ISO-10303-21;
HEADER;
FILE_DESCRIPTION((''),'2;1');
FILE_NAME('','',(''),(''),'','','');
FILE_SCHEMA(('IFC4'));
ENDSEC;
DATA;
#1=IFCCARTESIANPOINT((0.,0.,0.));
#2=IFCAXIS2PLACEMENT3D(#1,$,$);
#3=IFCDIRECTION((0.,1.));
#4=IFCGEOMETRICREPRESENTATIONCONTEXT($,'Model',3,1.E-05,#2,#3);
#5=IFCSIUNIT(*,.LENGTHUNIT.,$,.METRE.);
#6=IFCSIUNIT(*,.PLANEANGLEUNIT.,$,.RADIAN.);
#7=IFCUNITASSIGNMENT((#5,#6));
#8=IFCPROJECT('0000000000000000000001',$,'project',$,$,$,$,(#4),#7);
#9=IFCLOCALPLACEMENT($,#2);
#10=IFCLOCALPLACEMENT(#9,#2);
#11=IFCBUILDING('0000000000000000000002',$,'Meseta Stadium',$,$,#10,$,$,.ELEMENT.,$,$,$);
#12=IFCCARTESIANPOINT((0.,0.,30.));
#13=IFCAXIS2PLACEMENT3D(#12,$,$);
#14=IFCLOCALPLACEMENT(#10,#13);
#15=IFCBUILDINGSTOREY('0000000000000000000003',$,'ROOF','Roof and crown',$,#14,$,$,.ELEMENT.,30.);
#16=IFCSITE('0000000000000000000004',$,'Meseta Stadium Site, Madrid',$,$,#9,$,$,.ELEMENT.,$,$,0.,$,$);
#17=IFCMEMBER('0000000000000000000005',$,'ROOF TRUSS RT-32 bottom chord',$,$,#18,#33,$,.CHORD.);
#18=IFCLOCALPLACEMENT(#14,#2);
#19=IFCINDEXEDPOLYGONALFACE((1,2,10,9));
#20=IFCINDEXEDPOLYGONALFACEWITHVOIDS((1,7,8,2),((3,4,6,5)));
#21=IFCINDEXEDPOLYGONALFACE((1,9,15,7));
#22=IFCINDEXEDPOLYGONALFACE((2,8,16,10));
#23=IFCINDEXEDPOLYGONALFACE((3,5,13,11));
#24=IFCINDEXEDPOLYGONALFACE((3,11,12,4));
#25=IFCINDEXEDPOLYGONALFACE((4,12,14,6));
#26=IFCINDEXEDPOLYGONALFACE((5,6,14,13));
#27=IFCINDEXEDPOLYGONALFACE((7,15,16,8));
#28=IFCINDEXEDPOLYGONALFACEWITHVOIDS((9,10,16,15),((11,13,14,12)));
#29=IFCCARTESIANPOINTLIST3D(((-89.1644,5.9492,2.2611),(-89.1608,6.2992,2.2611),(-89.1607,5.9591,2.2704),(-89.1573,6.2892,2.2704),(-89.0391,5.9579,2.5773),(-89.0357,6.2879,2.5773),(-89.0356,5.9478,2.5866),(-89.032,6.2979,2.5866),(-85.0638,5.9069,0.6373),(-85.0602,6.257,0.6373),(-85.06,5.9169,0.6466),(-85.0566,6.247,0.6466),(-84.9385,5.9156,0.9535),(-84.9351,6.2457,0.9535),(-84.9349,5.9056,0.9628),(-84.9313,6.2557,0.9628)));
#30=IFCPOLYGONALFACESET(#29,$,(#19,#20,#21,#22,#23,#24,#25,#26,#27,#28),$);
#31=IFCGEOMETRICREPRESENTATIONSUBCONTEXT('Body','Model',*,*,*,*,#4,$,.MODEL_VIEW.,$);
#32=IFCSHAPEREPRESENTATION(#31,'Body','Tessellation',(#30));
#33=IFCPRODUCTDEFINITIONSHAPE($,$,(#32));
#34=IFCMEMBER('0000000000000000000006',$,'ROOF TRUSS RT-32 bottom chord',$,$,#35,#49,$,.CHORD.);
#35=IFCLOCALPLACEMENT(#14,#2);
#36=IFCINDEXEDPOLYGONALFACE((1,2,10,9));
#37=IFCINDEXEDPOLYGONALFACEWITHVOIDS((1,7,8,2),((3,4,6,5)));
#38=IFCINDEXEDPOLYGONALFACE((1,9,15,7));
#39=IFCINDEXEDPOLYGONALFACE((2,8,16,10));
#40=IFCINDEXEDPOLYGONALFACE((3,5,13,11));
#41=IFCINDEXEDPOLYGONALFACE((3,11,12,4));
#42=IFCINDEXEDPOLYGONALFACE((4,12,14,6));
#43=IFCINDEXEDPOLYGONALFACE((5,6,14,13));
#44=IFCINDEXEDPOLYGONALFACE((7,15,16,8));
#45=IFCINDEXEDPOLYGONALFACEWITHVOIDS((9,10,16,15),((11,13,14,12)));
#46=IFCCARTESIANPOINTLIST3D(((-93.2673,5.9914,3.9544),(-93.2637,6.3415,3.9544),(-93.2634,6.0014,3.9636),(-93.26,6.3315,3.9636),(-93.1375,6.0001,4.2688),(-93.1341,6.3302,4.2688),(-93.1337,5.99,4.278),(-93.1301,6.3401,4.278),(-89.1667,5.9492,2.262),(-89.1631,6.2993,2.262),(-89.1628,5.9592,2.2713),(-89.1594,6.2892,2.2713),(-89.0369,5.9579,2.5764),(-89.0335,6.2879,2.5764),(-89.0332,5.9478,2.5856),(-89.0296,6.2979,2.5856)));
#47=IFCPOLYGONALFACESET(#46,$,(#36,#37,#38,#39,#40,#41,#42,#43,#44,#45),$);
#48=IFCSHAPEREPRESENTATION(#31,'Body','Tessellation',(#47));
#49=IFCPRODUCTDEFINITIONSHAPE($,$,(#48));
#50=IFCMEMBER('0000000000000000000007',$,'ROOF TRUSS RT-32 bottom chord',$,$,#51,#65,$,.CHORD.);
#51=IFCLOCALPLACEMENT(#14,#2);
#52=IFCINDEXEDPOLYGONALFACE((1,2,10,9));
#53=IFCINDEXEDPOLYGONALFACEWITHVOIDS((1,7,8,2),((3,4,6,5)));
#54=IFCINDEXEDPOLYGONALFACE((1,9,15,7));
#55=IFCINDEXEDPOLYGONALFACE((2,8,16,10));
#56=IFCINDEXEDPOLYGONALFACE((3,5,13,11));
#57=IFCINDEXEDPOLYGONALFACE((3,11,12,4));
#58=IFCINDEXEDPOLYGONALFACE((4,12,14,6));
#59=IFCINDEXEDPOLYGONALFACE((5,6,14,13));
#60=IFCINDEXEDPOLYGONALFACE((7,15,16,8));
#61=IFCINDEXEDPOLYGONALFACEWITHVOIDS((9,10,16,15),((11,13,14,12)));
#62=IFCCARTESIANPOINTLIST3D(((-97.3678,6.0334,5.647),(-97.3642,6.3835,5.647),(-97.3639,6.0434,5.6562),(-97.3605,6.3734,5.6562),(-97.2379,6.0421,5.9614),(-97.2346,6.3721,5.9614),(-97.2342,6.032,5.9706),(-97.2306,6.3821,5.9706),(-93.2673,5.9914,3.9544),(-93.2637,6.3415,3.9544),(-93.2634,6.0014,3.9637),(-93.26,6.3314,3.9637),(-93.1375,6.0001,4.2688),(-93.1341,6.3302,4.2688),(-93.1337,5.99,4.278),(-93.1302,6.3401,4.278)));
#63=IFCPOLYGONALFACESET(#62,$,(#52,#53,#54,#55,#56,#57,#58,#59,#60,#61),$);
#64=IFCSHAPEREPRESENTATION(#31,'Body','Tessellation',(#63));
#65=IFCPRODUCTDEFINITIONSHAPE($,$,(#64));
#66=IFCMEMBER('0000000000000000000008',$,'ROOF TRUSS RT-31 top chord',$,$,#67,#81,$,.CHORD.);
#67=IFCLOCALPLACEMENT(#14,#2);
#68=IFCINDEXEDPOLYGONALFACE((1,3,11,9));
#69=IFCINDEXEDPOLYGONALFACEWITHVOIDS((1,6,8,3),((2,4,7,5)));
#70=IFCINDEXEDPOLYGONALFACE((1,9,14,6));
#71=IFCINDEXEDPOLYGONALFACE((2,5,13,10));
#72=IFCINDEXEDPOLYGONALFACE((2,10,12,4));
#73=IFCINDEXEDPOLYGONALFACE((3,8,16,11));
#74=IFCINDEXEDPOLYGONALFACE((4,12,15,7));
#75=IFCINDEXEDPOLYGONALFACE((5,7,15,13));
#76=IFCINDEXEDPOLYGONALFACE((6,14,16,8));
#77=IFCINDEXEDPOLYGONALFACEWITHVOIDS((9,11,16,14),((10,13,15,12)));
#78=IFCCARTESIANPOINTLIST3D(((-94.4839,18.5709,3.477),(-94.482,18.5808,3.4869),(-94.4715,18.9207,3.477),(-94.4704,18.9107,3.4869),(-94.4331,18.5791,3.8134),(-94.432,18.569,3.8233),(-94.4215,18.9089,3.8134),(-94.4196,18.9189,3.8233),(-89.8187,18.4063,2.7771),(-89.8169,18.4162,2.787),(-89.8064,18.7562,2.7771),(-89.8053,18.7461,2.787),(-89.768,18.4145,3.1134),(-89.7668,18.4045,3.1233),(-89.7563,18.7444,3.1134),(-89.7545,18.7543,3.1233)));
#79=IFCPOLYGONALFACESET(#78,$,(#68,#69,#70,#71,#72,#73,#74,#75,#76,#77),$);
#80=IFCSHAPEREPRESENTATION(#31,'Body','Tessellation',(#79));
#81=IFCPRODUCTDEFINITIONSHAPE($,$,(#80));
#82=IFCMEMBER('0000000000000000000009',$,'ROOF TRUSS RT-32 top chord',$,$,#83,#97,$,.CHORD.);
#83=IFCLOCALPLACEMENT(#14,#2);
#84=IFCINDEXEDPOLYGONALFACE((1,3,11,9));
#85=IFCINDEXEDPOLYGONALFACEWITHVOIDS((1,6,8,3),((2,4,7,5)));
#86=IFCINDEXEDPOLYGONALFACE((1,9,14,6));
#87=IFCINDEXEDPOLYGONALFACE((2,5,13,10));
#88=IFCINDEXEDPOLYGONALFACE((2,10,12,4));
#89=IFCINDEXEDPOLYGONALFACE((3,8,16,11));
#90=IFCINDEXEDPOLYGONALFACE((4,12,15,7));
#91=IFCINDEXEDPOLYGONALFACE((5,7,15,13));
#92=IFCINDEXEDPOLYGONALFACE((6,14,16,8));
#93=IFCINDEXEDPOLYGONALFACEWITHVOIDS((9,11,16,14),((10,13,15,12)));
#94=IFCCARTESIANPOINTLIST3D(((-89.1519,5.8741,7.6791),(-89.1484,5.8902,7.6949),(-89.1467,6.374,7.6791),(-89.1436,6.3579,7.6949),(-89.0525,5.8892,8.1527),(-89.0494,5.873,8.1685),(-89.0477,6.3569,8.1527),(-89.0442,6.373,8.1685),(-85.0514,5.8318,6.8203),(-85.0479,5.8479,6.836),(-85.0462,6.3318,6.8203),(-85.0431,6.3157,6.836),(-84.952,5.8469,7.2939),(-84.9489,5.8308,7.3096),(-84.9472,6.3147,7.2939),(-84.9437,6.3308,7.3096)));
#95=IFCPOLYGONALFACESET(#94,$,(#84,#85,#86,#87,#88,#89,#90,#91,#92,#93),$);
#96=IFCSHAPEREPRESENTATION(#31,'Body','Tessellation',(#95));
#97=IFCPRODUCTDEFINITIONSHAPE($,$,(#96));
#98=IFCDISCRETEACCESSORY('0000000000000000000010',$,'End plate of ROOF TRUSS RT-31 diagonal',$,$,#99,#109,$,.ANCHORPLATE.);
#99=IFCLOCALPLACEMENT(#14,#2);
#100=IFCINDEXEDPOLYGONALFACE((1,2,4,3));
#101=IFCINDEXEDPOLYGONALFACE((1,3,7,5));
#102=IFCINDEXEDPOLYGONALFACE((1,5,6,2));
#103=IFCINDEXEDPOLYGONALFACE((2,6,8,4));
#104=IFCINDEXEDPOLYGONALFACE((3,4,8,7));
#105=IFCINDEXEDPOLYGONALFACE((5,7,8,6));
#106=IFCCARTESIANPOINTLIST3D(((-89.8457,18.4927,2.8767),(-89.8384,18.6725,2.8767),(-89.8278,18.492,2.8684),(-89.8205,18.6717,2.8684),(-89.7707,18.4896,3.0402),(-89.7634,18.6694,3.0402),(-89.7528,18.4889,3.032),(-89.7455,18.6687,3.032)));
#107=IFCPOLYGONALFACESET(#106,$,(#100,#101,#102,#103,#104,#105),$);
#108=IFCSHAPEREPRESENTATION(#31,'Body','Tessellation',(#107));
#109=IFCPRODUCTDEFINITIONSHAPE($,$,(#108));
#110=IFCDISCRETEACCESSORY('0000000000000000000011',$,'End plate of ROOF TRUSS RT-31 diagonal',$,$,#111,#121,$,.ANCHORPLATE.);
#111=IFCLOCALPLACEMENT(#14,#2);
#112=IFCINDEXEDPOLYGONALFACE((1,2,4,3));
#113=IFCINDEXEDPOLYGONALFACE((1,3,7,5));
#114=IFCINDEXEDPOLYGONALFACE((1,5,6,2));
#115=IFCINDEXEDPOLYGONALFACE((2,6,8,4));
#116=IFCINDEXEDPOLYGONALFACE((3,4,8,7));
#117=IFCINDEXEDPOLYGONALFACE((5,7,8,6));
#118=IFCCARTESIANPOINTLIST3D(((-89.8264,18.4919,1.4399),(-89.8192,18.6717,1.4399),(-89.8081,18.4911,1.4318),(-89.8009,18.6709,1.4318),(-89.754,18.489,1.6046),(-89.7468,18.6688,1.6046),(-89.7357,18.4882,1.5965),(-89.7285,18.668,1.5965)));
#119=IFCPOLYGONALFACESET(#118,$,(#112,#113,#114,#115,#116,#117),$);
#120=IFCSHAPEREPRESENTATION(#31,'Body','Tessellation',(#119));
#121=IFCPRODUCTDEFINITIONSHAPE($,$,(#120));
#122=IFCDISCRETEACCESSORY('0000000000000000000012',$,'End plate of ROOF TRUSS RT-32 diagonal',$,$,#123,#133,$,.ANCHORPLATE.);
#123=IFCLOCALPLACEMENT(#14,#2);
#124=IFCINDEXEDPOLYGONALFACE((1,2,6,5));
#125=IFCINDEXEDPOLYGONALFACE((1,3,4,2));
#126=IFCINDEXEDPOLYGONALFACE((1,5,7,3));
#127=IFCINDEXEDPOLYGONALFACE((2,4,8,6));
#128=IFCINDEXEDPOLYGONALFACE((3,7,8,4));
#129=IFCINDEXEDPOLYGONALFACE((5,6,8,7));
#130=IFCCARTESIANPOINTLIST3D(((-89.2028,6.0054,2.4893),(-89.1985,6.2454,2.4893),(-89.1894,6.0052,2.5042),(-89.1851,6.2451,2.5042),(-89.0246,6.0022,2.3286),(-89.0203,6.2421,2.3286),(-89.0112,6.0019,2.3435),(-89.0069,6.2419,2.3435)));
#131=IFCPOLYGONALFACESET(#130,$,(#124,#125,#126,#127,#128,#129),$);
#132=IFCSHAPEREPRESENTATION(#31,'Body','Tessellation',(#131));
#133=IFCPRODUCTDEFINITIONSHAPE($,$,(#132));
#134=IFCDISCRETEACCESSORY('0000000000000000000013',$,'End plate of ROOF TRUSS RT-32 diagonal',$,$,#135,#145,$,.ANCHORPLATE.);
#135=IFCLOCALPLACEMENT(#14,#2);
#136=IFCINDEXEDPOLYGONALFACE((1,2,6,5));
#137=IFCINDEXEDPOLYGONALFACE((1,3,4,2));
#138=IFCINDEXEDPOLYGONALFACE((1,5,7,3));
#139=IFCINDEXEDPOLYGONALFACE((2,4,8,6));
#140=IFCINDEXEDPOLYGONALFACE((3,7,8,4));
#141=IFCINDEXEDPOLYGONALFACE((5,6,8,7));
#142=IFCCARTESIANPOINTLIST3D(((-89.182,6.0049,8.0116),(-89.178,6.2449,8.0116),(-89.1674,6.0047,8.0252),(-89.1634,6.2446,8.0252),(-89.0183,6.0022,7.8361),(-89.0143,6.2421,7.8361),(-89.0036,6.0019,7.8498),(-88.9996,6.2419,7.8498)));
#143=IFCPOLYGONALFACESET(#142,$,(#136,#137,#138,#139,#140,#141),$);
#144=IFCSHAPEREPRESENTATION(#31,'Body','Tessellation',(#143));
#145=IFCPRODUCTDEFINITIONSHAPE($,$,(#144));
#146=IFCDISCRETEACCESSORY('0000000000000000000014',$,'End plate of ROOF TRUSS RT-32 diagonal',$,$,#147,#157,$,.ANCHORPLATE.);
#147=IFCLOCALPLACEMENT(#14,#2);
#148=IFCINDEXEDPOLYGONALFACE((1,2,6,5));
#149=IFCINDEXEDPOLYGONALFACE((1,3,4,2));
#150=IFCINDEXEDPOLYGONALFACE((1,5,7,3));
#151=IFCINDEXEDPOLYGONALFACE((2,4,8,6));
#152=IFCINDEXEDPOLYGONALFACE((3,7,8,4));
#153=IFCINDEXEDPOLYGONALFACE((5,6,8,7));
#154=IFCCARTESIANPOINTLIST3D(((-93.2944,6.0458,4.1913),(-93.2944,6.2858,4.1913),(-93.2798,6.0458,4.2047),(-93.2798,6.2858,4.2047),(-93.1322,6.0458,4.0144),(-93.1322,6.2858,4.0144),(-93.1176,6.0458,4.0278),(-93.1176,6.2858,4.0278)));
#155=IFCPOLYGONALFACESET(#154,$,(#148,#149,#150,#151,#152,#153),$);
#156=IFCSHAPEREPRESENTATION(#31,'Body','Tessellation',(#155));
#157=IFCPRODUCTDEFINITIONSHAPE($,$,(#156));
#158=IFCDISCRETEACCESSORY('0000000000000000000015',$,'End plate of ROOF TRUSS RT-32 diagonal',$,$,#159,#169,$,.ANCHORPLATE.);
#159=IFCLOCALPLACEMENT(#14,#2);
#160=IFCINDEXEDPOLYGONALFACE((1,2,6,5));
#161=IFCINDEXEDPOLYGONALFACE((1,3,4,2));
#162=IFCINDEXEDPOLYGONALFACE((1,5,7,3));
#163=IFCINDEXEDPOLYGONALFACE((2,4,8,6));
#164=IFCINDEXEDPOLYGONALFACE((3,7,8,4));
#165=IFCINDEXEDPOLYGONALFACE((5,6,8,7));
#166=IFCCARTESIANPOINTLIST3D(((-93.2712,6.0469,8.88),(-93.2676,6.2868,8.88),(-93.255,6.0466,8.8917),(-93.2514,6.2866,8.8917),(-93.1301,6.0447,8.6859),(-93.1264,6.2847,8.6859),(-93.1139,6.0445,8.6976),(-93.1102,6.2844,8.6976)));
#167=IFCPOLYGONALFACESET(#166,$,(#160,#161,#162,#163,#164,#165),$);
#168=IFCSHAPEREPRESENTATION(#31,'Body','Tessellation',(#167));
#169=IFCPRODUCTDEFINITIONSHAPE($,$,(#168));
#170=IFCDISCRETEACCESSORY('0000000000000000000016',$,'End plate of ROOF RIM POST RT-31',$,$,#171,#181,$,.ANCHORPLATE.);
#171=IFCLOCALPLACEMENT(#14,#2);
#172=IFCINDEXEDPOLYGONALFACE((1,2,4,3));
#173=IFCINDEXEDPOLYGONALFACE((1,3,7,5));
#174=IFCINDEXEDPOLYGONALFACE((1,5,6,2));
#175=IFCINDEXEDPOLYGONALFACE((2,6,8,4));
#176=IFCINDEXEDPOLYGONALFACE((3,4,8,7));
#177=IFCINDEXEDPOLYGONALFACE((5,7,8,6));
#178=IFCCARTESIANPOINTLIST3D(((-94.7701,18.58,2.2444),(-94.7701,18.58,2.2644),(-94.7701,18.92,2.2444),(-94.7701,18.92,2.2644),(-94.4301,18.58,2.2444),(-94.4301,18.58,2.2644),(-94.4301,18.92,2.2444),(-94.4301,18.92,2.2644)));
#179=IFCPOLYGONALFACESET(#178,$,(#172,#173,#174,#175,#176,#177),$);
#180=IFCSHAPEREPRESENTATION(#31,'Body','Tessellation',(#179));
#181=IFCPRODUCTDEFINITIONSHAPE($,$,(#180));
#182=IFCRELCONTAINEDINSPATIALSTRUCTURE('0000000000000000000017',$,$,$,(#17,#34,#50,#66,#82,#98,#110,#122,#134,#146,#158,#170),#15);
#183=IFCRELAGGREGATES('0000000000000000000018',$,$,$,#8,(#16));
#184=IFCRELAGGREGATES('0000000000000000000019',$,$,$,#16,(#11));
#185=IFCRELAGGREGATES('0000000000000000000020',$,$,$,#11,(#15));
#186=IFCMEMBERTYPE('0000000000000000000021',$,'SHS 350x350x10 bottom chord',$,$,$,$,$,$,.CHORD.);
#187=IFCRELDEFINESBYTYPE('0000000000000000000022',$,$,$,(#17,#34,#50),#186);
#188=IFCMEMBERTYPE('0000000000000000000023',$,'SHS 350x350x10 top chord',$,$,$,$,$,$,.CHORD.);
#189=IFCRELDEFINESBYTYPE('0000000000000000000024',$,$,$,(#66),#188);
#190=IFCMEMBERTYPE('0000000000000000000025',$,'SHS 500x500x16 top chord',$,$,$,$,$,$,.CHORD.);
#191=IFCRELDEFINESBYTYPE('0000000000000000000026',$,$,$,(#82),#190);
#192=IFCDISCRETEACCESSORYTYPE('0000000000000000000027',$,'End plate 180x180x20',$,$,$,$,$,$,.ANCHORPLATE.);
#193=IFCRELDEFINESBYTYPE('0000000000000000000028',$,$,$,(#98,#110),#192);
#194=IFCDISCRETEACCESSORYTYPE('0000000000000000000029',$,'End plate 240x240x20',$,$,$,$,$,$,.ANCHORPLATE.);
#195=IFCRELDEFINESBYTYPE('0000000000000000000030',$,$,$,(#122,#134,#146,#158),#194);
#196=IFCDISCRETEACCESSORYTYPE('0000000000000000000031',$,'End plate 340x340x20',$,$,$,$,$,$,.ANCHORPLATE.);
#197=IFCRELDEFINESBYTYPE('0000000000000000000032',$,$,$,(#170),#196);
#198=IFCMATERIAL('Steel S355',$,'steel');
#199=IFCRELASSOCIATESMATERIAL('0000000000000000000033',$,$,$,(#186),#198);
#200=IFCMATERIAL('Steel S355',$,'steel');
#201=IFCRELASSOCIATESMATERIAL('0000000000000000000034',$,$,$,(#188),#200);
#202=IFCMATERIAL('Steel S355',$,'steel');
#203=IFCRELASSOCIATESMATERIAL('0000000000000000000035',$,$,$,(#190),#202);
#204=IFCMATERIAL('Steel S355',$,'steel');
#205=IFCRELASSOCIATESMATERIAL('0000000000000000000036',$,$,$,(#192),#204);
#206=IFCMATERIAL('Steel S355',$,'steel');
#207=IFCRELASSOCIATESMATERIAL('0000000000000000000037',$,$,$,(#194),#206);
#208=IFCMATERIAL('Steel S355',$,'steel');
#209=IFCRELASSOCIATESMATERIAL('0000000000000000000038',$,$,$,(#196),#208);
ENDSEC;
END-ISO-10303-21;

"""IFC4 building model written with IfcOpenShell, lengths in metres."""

from ifc_helpers import new_model, si_unit, direction, frame, origin, origin_2d, place, context, subcontext, project, spatial, rectangle, hollow_rectangle, extrude, material, material_profile, profile_set, type_object, element, save


model = new_model("IFC4")

# Units and contexts
model_context = context("Model", 3, precision=1e-05, world=origin(), true_north=direction((0.0, 1.0)))
body_context = subcontext(model_context, "Body", "Model", "MODEL_VIEW")
ifc_project = project(units=[si_unit("LENGTHUNIT", "METRE"), si_unit("PLANEANGLEUNIT", "RADIAN")], contexts=[model_context])

# Site, building, storey
site_placement = place(None, origin())
site = spatial("IfcSite", under=ifc_project, at=site_placement, Name="Meseta Stadium Site, Madrid", CompositionType="ELEMENT", RefElevation=0.0)
building_placement = place(site_placement, origin())
building = spatial("IfcBuilding", under=site, at=building_placement, Name="Meseta Stadium", CompositionType="ELEMENT")
storey_placement = place(building_placement, frame((0.0, 0.0, 30.0)))
storey = spatial("IfcBuildingStorey", under=building, at=storey_placement, Name="ROOF", Description="Roof and crown", CompositionType="ELEMENT", Elevation=30.0)

# Members
ifc_material_1 = material(Name="Steel S355", Category="steel")
ifc_material_profile_1 = material_profile(ifc_material_1, hollow_rectangle(XDim=0.3501, YDim=0.3501, WallThickness=0.01, at=origin_2d()), Name="SHS 350x350x10")
ifc_profile_set_1 = profile_set([ifc_material_profile_1], Name="Steel S355")
member_type_1 = type_object("IfcMemberType", Name="SHS 350x350x10 bottom chord", PredefinedType="CHORD", material=ifc_profile_set_1)
member_1_placement = place(storey_placement, frame((-84.9976, 6.0813, 0.8), z_axis=(-0.929715, 0.009576, 0.368155), x_axis=(-0.0103, -0.999947, 0.0)))
element("IfcMember", 1, at=member_1_placement, inside=storey, type_object=member_type_1, Name="ROOF TRUSS RT-32 bottom chord", PredefinedType="CHORD", context=body_context, shape_type="SweptSolid", body=[
    extrude(hollow_rectangle(XDim=0.3501, YDim=0.3501, WallThickness=0.01, at=origin_2d()), origin(), (0.0, 0.0, 1.0), 4.4106),
])
for number, where, z_axis, x_axis, name in (
    (2, (-89.0981, 6.1235, 2.4238), (-0.924326, 0.009521, 0.381485), (-0.0103, -0.999947, 0.0), "ROOF TRUSS RT-32 bottom chord"),
    (3, (-93.1987, 6.1658, 4.1162), (-0.924307, 0.009465, 0.381533), (-0.01024, -0.999948, 0.0), "ROOF TRUSS RT-32 bottom chord"),
):
    element("IfcMember", number, at=place(storey_placement, frame(where, z_axis=z_axis, x_axis=x_axis)), inside=storey, type_object=member_type_1, Name=name, PredefinedType="CHORD", context=body_context, shape_type="SweptSolid", body=[
        extrude(hollow_rectangle(XDim=0.3501, YDim=0.3501, WallThickness=0.01, at=origin_2d()), origin(), (0.0, 0.0, 1.0), 4.4363),
    ])
ifc_material_2 = material(Name="Steel S355", Category="steel")
ifc_material_profile_2 = material_profile(ifc_material_2, hollow_rectangle(XDim=0.3501, YDim=0.3501, WallThickness=0.01, at=origin_2d()), Name="SHS 350x350x10")
ifc_profile_set_2 = profile_set([ifc_material_profile_2], Name="Steel S355")
member_type_2 = type_object("IfcMemberType", Name="SHS 350x350x10 top chord", PredefinedType="CHORD", material=ifc_profile_set_2)
member_2_placement = place(storey_placement, frame((-89.7866, 18.5803, 2.9502), z_axis=(-0.988329, 0.034862, 0.148291), x_axis=(-0.035251, -0.999378, 0.0)))
element("IfcMember", 4, at=member_2_placement, inside=storey, type_object=member_type_2, Name="ROOF TRUSS RT-31 top chord", PredefinedType="CHORD", context=body_context, shape_type="SweptSolid", body=[
    extrude(hollow_rectangle(XDim=0.3501, YDim=0.3501, WallThickness=0.01, at=origin_2d()), origin(), (0.0, 0.0, 1.0), 4.7202),
])
ifc_material_3 = material(Name="Steel S355", Category="steel")
ifc_material_profile_3 = material_profile(ifc_material_3, hollow_rectangle(XDim=0.5, YDim=0.5, WallThickness=0.0161, at=origin_2d()), Name="SHS 500x500x16")
ifc_profile_set_3 = profile_set([ifc_material_profile_3], Name="Steel S355")
member_type_3 = type_object("IfcMemberType", Name="SHS 500x500x16 top chord", PredefinedType="CHORD", material=ifc_profile_set_3)
member_3_placement = place(storey_placement, frame((-84.9976, 6.0813, 7.0649), z_axis=(-0.978711, 0.010081, 0.204996), x_axis=(-0.0103, -0.999947, 0.0)))
element("IfcMember", 5, at=member_3_placement, inside=storey, type_object=member_type_3, Name="ROOF TRUSS RT-32 top chord", PredefinedType="CHORD", context=body_context, shape_type="SweptSolid", body=[
    extrude(hollow_rectangle(XDim=0.5, YDim=0.5, WallThickness=0.0161, at=origin_2d()), origin(), (0.0, 0.0, 1.0), 4.1897),
])

# Discrete accessories
ifc_material_4 = material(Name="Steel S355", Category="steel")
ifc_material_profile_4 = material_profile(ifc_material_4, rectangle(XDim=0.1799, YDim=0.1799, at=origin_2d()), Name="PL 180x180")
ifc_profile_set_4 = profile_set([ifc_material_profile_4], Name="Steel S355")
discrete_accessory_type_1 = type_object("IfcDiscreteAccessoryType", Name="End plate 180x180x20", PredefinedType="ANCHORPLATE", material=ifc_profile_set_4)
discrete_accessory_1_placement = place(storey_placement, frame((-89.7866, 18.5803, 2.9502), z_axis=(-0.908061, 0.036813, 0.417217), x_axis=(-0.040507, -0.999179, 0.0)))
element("IfcDiscreteAccessory", 6, at=discrete_accessory_1_placement, inside=storey, type_object=discrete_accessory_type_1, Name="End plate of ROOF TRUSS RT-31 diagonal", PredefinedType="ANCHORPLATE", context=body_context, shape_type="SweptSolid", body=[
    extrude(rectangle(XDim=0.1799, YDim=0.1799, at=origin_2d()), origin(), (0.0, 0.0, 1.0), 0.0198),
])
discrete_accessory_2_placement = place(storey_placement, frame((-89.7683, 18.5796, 1.5142), z_axis=(-0.914702, 0.036588, 0.402469), x_axis=(-0.039968, -0.999201, 0.0)))
element("IfcDiscreteAccessory", 7, at=discrete_accessory_2_placement, inside=storey, type_object=discrete_accessory_type_1, Name="End plate of ROOF TRUSS RT-31 diagonal", PredefinedType="ANCHORPLATE", context=body_context, shape_type="SweptSolid", body=[
    extrude(rectangle(XDim=0.1799, YDim=0.1799, at=origin_2d()), origin(), (0.0, 0.0, 1.0), 0.02),
])
ifc_material_5 = material(Name="Steel S355", Category="steel")
ifc_material_profile_5 = material_profile(ifc_material_5, rectangle(XDim=0.24, YDim=0.24, at=origin_2d()), Name="PL 240x240")
ifc_profile_set_5 = profile_set([ifc_material_profile_5], Name="Steel S355")
discrete_accessory_type_2 = type_object("IfcDiscreteAccessoryType", Name="End plate 240x240x20", PredefinedType="ANCHORPLATE", material=ifc_profile_set_5)
for number, where, z_axis, x_axis, name in (
    (8, (-89.0981, 6.1235, 2.4238), (-0.669587, 0.012174, -0.742633), (-0.018179, -0.999835, 0.0), "End plate of ROOF TRUSS RT-32 diagonal"),
    (9, (-89.0835, 6.1233, 7.9375), (-0.731001, 0.012183, -0.682268), (-0.016664, -0.999861, 0.0), "End plate of ROOF TRUSS RT-32 diagonal"),
):
    element("IfcDiscreteAccessory", number, at=place(storey_placement, frame(where, z_axis=z_axis, x_axis=x_axis)), inside=storey, type_object=discrete_accessory_type_2, Name=name, PredefinedType="ANCHORPLATE", context=body_context, shape_type="SweptSolid", body=[
        extrude(rectangle(XDim=0.24, YDim=0.24, at=origin_2d()), origin(), (0.0, 0.0, 1.0), 0.02),
    ])
discrete_accessory_3_placement = place(storey_placement, frame((-93.1987, 6.1658, 4.1162), z_axis=(-0.737154, 0.0, -0.675725), x_axis=(0.0, -1.0, 0.0)))
element("IfcDiscreteAccessory", 10, at=discrete_accessory_3_placement, inside=storey, type_object=discrete_accessory_type_2, Name="End plate of ROOF TRUSS RT-32 diagonal", PredefinedType="ANCHORPLATE", context=body_context, shape_type="SweptSolid", body=[
    extrude(rectangle(XDim=0.24, YDim=0.24, at=origin_2d()), origin(), (0.0, 0.0, 1.0), 0.0198),
])
discrete_accessory_4_placement = place(storey_placement, frame((-93.1826, 6.1655, 8.7947), z_axis=(-0.808675, 0.012253, -0.588128), x_axis=(-0.01515, -0.999885, 0.0)))
element("IfcDiscreteAccessory", 11, at=discrete_accessory_4_placement, inside=storey, type_object=discrete_accessory_type_2, Name="End plate of ROOF TRUSS RT-32 diagonal", PredefinedType="ANCHORPLATE", context=body_context, shape_type="SweptSolid", body=[
    extrude(rectangle(XDim=0.24, YDim=0.24, at=origin_2d()), origin(), (0.0, 0.0, 1.0), 0.02),
])
ifc_material_6 = material(Name="Steel S355", Category="steel")
ifc_material_profile_6 = material_profile(ifc_material_6, rectangle(XDim=0.3401, YDim=0.3401, at=origin_2d()), Name="PL 340x340")
ifc_profile_set_6 = profile_set([ifc_material_profile_6], Name="Steel S355")
discrete_accessory_type_3 = type_object("IfcDiscreteAccessoryType", Name="End plate 340x340x20", PredefinedType="ANCHORPLATE", material=ifc_profile_set_6)
discrete_accessory_5_placement = place(storey_placement, frame((-94.6001, 18.75, 2.2444), z_axis=(0.0, 0.0, 1.0), x_axis=(1.0, 0.0, 0.0)))
element("IfcDiscreteAccessory", 12, at=discrete_accessory_5_placement, inside=storey, type_object=discrete_accessory_type_3, Name="End plate of ROOF RIM POST RT-31", PredefinedType="ANCHORPLATE", context=body_context, shape_type="SweptSolid", body=[
    extrude(rectangle(XDim=0.3401, YDim=0.3401, at=origin_2d()), origin(), (0.0, 0.0, 1.0), 0.02),
])

save(model, "model.ifc")
